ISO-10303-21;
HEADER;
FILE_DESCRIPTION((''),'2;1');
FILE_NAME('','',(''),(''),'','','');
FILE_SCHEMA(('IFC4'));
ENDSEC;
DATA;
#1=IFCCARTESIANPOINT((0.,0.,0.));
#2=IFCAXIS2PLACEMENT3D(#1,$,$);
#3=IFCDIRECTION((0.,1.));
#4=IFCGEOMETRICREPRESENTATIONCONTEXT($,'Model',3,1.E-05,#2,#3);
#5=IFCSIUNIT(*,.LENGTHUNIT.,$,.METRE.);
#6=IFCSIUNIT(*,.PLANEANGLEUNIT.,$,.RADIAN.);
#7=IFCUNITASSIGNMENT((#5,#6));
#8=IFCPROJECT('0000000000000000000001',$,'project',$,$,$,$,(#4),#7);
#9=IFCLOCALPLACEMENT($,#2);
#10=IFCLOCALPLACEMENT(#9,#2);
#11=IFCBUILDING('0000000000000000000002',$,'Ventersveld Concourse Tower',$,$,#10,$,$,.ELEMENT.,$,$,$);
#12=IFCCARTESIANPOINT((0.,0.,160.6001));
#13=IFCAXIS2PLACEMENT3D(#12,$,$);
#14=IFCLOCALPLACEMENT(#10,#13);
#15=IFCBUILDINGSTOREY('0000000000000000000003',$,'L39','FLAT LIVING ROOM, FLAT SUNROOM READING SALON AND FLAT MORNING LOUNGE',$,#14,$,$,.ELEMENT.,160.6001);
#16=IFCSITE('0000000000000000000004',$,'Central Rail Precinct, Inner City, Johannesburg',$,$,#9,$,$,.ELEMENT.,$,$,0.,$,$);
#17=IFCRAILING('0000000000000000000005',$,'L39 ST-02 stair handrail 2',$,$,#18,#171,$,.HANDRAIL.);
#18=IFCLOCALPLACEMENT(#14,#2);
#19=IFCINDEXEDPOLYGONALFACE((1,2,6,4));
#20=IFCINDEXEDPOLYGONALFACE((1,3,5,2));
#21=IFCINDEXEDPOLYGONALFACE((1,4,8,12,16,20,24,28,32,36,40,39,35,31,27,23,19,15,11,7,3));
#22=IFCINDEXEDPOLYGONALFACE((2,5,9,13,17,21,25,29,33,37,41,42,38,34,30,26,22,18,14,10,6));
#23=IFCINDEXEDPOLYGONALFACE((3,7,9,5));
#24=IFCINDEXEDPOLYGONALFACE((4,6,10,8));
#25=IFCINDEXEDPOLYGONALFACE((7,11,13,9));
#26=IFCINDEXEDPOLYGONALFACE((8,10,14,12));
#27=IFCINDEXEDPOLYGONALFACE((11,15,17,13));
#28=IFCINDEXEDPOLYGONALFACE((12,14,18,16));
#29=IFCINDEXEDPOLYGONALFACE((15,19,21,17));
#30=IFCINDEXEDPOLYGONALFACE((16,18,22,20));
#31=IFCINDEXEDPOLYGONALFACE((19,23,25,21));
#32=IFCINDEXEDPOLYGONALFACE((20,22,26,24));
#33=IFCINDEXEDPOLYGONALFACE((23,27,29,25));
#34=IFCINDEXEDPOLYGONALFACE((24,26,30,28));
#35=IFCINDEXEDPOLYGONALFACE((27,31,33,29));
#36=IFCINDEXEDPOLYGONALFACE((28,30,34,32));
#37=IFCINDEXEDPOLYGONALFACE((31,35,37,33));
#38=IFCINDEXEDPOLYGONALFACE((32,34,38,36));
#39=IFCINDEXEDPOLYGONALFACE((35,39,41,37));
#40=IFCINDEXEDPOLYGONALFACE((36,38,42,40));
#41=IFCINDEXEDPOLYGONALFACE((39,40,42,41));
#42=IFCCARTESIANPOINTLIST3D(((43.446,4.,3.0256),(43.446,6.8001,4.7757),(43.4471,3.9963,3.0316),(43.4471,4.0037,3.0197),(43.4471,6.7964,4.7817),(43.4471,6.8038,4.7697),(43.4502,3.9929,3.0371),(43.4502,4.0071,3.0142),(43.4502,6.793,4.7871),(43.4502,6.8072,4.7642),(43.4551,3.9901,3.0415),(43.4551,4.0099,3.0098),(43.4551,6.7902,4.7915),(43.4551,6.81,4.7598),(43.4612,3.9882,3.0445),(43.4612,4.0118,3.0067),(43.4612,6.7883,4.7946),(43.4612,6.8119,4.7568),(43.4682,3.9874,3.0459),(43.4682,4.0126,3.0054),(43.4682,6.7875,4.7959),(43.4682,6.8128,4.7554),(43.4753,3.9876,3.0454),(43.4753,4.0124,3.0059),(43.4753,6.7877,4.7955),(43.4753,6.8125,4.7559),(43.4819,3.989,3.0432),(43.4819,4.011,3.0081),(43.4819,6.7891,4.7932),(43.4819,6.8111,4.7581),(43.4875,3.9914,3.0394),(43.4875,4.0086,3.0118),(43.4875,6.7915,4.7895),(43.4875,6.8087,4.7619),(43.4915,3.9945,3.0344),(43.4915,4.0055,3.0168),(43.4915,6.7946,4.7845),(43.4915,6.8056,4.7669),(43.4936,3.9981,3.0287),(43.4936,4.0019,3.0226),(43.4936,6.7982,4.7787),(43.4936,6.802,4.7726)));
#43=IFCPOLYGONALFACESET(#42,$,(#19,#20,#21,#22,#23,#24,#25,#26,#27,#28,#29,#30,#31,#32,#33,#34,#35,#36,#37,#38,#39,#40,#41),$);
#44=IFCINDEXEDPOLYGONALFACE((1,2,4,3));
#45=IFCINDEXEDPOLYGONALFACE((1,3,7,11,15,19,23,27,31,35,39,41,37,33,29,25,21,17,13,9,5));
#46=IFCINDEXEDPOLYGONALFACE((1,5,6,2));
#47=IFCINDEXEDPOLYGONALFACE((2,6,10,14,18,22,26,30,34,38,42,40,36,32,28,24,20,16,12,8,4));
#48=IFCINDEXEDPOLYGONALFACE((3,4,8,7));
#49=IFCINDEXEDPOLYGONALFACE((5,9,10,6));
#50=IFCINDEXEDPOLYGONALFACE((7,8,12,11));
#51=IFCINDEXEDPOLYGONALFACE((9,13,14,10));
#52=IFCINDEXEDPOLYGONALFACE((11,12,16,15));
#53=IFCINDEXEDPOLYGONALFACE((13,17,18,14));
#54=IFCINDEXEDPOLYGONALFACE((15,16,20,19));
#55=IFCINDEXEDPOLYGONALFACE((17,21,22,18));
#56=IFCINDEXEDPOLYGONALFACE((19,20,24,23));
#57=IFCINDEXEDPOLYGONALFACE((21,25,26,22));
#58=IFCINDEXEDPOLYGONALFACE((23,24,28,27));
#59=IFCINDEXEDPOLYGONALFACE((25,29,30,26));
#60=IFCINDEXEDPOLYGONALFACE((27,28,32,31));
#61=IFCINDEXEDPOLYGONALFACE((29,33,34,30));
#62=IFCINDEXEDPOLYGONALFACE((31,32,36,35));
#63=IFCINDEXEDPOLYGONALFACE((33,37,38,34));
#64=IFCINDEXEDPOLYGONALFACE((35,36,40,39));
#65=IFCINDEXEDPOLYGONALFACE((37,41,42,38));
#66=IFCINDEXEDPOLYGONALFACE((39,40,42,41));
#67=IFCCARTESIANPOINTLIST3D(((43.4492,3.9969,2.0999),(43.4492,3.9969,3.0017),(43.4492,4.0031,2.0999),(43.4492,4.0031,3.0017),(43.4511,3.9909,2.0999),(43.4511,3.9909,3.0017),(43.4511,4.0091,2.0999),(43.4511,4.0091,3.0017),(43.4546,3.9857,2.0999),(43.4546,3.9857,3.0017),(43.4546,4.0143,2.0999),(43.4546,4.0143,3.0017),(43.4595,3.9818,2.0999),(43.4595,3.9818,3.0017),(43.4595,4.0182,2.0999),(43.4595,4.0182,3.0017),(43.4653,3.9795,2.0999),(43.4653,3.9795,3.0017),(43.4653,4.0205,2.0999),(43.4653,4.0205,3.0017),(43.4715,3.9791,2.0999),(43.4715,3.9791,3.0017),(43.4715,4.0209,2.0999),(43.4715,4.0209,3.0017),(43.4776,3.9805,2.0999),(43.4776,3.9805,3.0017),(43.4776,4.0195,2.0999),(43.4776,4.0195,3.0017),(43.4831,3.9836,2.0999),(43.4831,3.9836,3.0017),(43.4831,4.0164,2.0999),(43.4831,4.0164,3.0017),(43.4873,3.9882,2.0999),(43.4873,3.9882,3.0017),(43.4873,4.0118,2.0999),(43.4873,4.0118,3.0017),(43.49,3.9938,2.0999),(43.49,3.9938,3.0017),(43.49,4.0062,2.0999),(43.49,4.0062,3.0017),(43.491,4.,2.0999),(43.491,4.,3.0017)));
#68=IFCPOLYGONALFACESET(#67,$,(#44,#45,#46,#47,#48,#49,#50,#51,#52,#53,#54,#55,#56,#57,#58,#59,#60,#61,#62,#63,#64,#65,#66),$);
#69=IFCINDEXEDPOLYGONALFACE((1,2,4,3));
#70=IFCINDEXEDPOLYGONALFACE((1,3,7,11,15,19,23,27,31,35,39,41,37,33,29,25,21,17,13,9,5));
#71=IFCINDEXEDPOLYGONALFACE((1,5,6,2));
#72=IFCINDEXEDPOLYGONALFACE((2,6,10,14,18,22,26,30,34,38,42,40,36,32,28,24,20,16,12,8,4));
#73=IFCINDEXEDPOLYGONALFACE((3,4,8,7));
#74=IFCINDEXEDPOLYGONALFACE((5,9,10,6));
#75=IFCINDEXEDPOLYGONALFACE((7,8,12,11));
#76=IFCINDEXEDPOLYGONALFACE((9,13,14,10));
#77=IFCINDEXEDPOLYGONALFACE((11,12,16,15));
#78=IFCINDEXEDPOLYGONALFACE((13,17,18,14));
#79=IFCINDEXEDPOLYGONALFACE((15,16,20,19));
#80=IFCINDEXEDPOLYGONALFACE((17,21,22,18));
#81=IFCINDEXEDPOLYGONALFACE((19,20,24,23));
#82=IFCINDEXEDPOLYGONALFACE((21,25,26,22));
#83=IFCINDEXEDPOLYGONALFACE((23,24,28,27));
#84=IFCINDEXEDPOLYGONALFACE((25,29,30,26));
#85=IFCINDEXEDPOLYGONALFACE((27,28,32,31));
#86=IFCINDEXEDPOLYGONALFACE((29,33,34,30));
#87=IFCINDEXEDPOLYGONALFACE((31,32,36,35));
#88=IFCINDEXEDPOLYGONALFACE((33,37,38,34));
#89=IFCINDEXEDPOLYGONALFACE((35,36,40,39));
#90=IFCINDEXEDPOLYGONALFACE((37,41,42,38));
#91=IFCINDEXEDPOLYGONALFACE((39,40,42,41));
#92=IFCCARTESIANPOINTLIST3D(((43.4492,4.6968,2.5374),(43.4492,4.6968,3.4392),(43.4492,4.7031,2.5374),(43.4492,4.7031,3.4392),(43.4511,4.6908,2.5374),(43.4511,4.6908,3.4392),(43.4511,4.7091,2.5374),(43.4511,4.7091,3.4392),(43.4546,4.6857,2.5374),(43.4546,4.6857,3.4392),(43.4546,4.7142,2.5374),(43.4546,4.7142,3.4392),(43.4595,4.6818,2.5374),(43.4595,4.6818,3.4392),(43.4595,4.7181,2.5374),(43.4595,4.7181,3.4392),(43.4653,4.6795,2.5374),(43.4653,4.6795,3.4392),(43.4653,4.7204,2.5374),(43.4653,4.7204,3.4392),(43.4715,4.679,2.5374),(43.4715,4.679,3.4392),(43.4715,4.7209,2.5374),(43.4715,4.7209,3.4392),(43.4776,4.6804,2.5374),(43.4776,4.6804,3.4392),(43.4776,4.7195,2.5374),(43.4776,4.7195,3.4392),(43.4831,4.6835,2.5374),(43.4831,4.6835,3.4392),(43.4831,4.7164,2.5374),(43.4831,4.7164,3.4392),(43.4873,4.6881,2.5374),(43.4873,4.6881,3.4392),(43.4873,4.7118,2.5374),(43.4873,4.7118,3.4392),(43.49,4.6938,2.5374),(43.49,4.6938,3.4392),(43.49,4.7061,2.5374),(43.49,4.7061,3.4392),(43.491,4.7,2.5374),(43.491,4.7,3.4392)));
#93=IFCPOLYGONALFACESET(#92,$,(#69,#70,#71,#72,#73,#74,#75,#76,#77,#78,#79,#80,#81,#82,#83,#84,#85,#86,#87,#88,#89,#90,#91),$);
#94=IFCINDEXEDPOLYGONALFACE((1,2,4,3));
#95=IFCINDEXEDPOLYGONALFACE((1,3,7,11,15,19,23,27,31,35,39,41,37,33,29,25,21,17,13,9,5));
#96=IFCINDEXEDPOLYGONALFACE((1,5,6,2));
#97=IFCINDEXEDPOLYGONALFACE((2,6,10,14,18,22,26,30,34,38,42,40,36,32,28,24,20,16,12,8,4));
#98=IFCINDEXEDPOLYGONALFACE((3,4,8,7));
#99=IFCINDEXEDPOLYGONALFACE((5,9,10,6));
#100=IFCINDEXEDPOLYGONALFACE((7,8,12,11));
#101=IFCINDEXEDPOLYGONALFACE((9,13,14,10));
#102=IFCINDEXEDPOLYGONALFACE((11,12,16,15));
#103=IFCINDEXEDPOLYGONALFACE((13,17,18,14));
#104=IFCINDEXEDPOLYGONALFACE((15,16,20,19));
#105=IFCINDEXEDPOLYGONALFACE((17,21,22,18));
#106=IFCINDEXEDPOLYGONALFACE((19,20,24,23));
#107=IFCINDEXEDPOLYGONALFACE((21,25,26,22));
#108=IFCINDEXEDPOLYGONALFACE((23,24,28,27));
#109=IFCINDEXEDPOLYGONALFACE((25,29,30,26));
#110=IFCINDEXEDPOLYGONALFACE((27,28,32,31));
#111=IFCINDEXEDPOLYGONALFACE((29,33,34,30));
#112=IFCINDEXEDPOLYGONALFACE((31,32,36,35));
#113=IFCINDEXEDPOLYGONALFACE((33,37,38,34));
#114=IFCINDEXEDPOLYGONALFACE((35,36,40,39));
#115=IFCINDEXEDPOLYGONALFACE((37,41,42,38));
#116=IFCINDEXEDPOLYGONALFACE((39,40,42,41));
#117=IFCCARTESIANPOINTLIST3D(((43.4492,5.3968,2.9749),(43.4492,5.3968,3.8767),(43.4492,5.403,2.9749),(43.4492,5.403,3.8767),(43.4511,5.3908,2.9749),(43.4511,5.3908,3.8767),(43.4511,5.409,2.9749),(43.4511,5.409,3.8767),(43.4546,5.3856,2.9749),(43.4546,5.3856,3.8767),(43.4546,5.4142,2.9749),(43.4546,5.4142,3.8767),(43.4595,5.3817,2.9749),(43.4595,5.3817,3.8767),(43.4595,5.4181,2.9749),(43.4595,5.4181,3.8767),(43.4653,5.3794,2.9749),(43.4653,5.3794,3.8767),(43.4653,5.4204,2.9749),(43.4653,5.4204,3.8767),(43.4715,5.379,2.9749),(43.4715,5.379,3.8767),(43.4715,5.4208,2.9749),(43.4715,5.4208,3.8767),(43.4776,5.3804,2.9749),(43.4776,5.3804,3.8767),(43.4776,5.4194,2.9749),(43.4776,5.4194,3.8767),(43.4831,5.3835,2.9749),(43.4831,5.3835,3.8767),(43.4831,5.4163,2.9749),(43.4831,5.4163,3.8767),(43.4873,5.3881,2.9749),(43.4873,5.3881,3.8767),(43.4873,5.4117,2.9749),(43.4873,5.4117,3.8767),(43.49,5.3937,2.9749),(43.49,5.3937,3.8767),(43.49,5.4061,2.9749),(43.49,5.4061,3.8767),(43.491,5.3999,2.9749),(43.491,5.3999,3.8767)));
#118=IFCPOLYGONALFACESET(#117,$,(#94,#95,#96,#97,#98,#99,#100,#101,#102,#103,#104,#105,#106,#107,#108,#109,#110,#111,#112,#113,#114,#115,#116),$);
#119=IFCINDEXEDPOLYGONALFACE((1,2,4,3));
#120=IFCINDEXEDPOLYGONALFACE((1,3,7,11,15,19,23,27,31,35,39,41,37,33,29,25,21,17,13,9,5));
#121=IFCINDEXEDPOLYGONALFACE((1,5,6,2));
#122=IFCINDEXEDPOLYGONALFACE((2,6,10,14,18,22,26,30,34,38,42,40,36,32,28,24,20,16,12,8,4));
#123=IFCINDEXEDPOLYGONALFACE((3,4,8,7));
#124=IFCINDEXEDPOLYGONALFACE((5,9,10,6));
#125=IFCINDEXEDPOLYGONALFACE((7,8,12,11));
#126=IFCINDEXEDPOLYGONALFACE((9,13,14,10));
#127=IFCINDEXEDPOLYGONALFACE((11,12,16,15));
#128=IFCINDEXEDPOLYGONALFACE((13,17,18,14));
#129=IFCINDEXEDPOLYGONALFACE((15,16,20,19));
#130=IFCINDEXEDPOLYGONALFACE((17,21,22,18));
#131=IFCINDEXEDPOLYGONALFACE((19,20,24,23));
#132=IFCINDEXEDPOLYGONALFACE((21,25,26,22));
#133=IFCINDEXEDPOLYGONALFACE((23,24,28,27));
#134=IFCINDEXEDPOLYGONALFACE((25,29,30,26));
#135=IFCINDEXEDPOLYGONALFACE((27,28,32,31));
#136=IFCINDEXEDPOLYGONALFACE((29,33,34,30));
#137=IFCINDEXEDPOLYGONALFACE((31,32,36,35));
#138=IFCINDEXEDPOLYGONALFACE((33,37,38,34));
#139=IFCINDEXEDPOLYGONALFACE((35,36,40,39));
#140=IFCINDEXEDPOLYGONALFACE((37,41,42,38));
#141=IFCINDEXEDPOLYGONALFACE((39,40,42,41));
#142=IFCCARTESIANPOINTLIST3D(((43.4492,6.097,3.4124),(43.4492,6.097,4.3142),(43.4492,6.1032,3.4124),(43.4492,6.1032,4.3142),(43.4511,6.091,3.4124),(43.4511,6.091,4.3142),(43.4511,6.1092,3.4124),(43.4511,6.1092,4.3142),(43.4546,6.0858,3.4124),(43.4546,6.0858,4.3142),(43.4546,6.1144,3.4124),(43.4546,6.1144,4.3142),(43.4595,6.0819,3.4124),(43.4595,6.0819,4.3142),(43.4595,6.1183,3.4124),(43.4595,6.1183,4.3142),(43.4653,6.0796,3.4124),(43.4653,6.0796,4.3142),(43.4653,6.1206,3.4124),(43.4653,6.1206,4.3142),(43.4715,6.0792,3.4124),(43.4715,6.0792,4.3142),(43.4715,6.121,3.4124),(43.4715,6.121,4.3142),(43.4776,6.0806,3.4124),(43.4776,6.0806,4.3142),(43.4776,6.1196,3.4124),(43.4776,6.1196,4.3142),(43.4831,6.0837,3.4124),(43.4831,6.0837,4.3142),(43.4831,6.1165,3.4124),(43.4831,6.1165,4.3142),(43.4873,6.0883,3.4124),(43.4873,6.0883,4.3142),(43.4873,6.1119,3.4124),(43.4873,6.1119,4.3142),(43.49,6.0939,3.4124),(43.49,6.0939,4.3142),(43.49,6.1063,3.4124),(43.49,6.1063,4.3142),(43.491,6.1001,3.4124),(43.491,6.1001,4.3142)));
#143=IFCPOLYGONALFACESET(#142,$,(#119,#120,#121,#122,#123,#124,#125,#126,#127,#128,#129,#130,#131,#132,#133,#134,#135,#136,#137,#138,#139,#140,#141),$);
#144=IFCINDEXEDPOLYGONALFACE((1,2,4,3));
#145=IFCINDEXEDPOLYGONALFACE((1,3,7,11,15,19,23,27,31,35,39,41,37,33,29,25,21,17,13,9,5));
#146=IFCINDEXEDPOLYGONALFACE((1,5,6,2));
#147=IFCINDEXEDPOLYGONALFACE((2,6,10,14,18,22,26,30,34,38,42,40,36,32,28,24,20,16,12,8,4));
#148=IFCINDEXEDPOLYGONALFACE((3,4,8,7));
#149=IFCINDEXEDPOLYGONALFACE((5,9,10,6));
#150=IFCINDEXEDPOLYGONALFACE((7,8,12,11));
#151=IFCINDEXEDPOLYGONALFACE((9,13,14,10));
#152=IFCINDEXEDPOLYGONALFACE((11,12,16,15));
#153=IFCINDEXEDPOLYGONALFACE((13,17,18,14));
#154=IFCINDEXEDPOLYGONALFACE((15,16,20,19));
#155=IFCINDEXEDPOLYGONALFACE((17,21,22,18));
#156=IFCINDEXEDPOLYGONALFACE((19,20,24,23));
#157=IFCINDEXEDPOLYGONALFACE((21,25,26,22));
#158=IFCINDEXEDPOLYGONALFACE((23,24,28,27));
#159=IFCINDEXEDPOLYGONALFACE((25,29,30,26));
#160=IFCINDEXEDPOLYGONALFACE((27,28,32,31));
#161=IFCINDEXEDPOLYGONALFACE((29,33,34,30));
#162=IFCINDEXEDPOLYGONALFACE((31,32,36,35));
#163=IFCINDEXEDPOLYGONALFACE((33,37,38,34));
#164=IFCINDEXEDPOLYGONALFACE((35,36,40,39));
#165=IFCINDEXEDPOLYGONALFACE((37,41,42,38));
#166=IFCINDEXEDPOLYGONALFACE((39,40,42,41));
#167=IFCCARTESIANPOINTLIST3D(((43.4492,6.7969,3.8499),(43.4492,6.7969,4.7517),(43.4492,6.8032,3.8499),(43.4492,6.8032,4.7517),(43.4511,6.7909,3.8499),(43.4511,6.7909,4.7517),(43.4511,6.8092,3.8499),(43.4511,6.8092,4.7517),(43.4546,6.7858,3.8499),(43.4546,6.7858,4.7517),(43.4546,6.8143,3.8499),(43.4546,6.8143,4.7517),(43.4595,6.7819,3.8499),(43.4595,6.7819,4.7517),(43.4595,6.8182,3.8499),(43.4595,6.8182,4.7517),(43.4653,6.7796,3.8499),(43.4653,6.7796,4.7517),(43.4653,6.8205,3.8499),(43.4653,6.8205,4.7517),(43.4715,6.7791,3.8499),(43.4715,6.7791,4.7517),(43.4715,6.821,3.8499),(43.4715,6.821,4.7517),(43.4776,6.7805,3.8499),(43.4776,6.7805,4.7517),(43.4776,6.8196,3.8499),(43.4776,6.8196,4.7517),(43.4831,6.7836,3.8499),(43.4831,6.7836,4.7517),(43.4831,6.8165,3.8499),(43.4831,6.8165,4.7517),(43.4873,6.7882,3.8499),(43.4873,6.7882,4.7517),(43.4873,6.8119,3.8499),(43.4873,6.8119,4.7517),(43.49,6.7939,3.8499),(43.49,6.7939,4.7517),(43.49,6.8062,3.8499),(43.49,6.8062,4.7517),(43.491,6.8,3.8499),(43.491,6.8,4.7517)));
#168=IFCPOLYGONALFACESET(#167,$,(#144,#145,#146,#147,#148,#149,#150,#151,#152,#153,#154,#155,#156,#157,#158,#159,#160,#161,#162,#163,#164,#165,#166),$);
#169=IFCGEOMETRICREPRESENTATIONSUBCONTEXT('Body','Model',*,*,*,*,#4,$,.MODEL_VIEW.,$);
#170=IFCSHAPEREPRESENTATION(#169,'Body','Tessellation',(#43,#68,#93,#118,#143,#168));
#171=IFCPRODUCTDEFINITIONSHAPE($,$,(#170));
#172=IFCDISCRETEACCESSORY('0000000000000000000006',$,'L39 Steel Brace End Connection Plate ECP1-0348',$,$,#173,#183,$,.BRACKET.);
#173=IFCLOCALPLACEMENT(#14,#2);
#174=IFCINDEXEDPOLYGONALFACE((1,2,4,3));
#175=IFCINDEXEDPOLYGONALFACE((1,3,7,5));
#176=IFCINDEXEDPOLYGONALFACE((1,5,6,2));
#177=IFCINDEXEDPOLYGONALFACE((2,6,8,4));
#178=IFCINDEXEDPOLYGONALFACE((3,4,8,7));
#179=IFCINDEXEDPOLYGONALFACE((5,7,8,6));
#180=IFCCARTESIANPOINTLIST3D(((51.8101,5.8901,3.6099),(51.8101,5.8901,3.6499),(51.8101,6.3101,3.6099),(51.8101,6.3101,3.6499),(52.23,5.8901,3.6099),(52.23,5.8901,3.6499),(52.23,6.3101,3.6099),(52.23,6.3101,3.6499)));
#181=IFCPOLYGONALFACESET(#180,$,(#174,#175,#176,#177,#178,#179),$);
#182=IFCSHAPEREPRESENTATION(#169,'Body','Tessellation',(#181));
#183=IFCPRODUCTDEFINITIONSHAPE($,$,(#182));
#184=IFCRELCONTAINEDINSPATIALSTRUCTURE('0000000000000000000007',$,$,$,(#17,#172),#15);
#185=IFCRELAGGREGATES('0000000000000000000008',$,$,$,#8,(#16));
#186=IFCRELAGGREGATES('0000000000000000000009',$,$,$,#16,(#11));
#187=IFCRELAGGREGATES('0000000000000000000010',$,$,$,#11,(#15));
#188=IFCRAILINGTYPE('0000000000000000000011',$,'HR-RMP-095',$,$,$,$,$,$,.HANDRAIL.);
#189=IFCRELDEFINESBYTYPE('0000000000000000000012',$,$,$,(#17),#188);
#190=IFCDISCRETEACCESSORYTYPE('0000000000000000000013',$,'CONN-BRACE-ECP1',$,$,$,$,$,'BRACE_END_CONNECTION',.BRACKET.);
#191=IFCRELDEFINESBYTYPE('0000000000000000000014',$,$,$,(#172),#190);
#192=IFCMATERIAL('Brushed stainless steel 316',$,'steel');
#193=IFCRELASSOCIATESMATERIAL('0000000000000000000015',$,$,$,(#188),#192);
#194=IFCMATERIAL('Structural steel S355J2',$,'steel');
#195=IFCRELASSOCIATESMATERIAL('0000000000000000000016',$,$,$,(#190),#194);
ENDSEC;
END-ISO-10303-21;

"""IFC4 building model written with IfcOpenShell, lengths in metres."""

from ifc_helpers import new_model, si_unit, direction, frame, origin, origin_2d, place, context, subcontext, project, spatial, rectangle, circle, extrude, material, type_object, element, save


model = new_model("IFC4")

# Units and contexts
model_context = context("Model", 3, precision=1e-05, world=origin(), true_north=direction((0.0, 1.0)))
body_context = subcontext(model_context, "Body", "Model", "MODEL_VIEW")
ifc_project = project(units=[si_unit("LENGTHUNIT", "METRE"), si_unit("PLANEANGLEUNIT", "RADIAN")], contexts=[model_context])

# Site, building, storey
site_placement = place(None, origin())
site = spatial("IfcSite", under=ifc_project, at=site_placement, Name="Central Rail Precinct, Inner City, Johannesburg", CompositionType="ELEMENT", RefElevation=0.0)
building_placement = place(site_placement, origin())
building = spatial("IfcBuilding", under=site, at=building_placement, Name="Ventersveld Concourse Tower", CompositionType="ELEMENT")
storey_placement = place(building_placement, frame((0.0, 0.0, 160.6001)))
storey = spatial("IfcBuildingStorey", under=building, at=storey_placement, Name="L39", Description="FLAT LIVING ROOM, FLAT SUNROOM READING SALON AND FLAT MORNING LOUNGE", CompositionType="ELEMENT", Elevation=160.6001)

# Shared definitions
ifc_material_1 = material(Name="Structural steel S355J2", Category="steel")

# Railing
ifc_material_2 = material(Name="Brushed stainless steel 316", Category="steel")
railing_type = type_object("IfcRailingType", Name="HR-RMP-095", PredefinedType="HANDRAIL", material=ifc_material_2)
railing_placement = place(storey_placement, frame((43.47, 4.0, 2.0999)))
element("IfcRailing", 1, at=railing_placement, inside=storey, type_object=railing_type, Name="L39 ST-02 stair handrail 2", PredefinedType="HANDRAIL", context=body_context, shape_type="SweptSolid", body=[
    extrude(circle(Radius=0.0239, at=origin_2d()), frame((0.0, 0.0, 0.9258), z_axis=(0.0, 0.848002, 0.529992), x_axis=(-1.0, 0.0, 0.0)), (0.0, 0.0, 1.0), 3.302),
    extrude(circle(Radius=0.021, at=origin_2d()), origin(), (0.0, 0.0, 1.0), 0.9019),
    extrude(circle(Radius=0.021, at=origin_2d()), frame((0.0, 0.7, 0.4375)), (0.0, 0.0, 1.0), 0.9019),
    extrude(circle(Radius=0.021, at=origin_2d()), frame((0.0, 1.3999, 0.875)), (0.0, 0.0, 1.0), 0.9019),
    extrude(circle(Radius=0.021, at=origin_2d()), frame((0.0, 2.1001, 1.3125)), (0.0, 0.0, 1.0), 0.9019),
    extrude(circle(Radius=0.021, at=origin_2d()), frame((0.0, 2.8, 1.75)), (0.0, 0.0, 1.0), 0.9019),
])

# Discrete accessory
discrete_accessory_type = type_object("IfcDiscreteAccessoryType", Name="CONN-BRACE-ECP1", ElementType="BRACE_END_CONNECTION", PredefinedType="BRACKET", material=ifc_material_1)
discrete_accessory_placement = place(storey_placement, frame((52.02, 6.1001, 3.6099), z_axis=(0.0, 0.0, 1.0), x_axis=(1.0, 0.0, 0.0)))
element("IfcDiscreteAccessory", 2, at=discrete_accessory_placement, inside=storey, type_object=discrete_accessory_type, Name="L39 Steel Brace End Connection Plate ECP1-0348", PredefinedType="BRACKET", context=body_context, shape_type="SweptSolid", body=[
    extrude(rectangle(XDim=0.4199, YDim=0.4199, at=origin_2d()), origin(), (0.0, 0.0, 1.0), 0.04),
])

save(model, "model.ifc")
